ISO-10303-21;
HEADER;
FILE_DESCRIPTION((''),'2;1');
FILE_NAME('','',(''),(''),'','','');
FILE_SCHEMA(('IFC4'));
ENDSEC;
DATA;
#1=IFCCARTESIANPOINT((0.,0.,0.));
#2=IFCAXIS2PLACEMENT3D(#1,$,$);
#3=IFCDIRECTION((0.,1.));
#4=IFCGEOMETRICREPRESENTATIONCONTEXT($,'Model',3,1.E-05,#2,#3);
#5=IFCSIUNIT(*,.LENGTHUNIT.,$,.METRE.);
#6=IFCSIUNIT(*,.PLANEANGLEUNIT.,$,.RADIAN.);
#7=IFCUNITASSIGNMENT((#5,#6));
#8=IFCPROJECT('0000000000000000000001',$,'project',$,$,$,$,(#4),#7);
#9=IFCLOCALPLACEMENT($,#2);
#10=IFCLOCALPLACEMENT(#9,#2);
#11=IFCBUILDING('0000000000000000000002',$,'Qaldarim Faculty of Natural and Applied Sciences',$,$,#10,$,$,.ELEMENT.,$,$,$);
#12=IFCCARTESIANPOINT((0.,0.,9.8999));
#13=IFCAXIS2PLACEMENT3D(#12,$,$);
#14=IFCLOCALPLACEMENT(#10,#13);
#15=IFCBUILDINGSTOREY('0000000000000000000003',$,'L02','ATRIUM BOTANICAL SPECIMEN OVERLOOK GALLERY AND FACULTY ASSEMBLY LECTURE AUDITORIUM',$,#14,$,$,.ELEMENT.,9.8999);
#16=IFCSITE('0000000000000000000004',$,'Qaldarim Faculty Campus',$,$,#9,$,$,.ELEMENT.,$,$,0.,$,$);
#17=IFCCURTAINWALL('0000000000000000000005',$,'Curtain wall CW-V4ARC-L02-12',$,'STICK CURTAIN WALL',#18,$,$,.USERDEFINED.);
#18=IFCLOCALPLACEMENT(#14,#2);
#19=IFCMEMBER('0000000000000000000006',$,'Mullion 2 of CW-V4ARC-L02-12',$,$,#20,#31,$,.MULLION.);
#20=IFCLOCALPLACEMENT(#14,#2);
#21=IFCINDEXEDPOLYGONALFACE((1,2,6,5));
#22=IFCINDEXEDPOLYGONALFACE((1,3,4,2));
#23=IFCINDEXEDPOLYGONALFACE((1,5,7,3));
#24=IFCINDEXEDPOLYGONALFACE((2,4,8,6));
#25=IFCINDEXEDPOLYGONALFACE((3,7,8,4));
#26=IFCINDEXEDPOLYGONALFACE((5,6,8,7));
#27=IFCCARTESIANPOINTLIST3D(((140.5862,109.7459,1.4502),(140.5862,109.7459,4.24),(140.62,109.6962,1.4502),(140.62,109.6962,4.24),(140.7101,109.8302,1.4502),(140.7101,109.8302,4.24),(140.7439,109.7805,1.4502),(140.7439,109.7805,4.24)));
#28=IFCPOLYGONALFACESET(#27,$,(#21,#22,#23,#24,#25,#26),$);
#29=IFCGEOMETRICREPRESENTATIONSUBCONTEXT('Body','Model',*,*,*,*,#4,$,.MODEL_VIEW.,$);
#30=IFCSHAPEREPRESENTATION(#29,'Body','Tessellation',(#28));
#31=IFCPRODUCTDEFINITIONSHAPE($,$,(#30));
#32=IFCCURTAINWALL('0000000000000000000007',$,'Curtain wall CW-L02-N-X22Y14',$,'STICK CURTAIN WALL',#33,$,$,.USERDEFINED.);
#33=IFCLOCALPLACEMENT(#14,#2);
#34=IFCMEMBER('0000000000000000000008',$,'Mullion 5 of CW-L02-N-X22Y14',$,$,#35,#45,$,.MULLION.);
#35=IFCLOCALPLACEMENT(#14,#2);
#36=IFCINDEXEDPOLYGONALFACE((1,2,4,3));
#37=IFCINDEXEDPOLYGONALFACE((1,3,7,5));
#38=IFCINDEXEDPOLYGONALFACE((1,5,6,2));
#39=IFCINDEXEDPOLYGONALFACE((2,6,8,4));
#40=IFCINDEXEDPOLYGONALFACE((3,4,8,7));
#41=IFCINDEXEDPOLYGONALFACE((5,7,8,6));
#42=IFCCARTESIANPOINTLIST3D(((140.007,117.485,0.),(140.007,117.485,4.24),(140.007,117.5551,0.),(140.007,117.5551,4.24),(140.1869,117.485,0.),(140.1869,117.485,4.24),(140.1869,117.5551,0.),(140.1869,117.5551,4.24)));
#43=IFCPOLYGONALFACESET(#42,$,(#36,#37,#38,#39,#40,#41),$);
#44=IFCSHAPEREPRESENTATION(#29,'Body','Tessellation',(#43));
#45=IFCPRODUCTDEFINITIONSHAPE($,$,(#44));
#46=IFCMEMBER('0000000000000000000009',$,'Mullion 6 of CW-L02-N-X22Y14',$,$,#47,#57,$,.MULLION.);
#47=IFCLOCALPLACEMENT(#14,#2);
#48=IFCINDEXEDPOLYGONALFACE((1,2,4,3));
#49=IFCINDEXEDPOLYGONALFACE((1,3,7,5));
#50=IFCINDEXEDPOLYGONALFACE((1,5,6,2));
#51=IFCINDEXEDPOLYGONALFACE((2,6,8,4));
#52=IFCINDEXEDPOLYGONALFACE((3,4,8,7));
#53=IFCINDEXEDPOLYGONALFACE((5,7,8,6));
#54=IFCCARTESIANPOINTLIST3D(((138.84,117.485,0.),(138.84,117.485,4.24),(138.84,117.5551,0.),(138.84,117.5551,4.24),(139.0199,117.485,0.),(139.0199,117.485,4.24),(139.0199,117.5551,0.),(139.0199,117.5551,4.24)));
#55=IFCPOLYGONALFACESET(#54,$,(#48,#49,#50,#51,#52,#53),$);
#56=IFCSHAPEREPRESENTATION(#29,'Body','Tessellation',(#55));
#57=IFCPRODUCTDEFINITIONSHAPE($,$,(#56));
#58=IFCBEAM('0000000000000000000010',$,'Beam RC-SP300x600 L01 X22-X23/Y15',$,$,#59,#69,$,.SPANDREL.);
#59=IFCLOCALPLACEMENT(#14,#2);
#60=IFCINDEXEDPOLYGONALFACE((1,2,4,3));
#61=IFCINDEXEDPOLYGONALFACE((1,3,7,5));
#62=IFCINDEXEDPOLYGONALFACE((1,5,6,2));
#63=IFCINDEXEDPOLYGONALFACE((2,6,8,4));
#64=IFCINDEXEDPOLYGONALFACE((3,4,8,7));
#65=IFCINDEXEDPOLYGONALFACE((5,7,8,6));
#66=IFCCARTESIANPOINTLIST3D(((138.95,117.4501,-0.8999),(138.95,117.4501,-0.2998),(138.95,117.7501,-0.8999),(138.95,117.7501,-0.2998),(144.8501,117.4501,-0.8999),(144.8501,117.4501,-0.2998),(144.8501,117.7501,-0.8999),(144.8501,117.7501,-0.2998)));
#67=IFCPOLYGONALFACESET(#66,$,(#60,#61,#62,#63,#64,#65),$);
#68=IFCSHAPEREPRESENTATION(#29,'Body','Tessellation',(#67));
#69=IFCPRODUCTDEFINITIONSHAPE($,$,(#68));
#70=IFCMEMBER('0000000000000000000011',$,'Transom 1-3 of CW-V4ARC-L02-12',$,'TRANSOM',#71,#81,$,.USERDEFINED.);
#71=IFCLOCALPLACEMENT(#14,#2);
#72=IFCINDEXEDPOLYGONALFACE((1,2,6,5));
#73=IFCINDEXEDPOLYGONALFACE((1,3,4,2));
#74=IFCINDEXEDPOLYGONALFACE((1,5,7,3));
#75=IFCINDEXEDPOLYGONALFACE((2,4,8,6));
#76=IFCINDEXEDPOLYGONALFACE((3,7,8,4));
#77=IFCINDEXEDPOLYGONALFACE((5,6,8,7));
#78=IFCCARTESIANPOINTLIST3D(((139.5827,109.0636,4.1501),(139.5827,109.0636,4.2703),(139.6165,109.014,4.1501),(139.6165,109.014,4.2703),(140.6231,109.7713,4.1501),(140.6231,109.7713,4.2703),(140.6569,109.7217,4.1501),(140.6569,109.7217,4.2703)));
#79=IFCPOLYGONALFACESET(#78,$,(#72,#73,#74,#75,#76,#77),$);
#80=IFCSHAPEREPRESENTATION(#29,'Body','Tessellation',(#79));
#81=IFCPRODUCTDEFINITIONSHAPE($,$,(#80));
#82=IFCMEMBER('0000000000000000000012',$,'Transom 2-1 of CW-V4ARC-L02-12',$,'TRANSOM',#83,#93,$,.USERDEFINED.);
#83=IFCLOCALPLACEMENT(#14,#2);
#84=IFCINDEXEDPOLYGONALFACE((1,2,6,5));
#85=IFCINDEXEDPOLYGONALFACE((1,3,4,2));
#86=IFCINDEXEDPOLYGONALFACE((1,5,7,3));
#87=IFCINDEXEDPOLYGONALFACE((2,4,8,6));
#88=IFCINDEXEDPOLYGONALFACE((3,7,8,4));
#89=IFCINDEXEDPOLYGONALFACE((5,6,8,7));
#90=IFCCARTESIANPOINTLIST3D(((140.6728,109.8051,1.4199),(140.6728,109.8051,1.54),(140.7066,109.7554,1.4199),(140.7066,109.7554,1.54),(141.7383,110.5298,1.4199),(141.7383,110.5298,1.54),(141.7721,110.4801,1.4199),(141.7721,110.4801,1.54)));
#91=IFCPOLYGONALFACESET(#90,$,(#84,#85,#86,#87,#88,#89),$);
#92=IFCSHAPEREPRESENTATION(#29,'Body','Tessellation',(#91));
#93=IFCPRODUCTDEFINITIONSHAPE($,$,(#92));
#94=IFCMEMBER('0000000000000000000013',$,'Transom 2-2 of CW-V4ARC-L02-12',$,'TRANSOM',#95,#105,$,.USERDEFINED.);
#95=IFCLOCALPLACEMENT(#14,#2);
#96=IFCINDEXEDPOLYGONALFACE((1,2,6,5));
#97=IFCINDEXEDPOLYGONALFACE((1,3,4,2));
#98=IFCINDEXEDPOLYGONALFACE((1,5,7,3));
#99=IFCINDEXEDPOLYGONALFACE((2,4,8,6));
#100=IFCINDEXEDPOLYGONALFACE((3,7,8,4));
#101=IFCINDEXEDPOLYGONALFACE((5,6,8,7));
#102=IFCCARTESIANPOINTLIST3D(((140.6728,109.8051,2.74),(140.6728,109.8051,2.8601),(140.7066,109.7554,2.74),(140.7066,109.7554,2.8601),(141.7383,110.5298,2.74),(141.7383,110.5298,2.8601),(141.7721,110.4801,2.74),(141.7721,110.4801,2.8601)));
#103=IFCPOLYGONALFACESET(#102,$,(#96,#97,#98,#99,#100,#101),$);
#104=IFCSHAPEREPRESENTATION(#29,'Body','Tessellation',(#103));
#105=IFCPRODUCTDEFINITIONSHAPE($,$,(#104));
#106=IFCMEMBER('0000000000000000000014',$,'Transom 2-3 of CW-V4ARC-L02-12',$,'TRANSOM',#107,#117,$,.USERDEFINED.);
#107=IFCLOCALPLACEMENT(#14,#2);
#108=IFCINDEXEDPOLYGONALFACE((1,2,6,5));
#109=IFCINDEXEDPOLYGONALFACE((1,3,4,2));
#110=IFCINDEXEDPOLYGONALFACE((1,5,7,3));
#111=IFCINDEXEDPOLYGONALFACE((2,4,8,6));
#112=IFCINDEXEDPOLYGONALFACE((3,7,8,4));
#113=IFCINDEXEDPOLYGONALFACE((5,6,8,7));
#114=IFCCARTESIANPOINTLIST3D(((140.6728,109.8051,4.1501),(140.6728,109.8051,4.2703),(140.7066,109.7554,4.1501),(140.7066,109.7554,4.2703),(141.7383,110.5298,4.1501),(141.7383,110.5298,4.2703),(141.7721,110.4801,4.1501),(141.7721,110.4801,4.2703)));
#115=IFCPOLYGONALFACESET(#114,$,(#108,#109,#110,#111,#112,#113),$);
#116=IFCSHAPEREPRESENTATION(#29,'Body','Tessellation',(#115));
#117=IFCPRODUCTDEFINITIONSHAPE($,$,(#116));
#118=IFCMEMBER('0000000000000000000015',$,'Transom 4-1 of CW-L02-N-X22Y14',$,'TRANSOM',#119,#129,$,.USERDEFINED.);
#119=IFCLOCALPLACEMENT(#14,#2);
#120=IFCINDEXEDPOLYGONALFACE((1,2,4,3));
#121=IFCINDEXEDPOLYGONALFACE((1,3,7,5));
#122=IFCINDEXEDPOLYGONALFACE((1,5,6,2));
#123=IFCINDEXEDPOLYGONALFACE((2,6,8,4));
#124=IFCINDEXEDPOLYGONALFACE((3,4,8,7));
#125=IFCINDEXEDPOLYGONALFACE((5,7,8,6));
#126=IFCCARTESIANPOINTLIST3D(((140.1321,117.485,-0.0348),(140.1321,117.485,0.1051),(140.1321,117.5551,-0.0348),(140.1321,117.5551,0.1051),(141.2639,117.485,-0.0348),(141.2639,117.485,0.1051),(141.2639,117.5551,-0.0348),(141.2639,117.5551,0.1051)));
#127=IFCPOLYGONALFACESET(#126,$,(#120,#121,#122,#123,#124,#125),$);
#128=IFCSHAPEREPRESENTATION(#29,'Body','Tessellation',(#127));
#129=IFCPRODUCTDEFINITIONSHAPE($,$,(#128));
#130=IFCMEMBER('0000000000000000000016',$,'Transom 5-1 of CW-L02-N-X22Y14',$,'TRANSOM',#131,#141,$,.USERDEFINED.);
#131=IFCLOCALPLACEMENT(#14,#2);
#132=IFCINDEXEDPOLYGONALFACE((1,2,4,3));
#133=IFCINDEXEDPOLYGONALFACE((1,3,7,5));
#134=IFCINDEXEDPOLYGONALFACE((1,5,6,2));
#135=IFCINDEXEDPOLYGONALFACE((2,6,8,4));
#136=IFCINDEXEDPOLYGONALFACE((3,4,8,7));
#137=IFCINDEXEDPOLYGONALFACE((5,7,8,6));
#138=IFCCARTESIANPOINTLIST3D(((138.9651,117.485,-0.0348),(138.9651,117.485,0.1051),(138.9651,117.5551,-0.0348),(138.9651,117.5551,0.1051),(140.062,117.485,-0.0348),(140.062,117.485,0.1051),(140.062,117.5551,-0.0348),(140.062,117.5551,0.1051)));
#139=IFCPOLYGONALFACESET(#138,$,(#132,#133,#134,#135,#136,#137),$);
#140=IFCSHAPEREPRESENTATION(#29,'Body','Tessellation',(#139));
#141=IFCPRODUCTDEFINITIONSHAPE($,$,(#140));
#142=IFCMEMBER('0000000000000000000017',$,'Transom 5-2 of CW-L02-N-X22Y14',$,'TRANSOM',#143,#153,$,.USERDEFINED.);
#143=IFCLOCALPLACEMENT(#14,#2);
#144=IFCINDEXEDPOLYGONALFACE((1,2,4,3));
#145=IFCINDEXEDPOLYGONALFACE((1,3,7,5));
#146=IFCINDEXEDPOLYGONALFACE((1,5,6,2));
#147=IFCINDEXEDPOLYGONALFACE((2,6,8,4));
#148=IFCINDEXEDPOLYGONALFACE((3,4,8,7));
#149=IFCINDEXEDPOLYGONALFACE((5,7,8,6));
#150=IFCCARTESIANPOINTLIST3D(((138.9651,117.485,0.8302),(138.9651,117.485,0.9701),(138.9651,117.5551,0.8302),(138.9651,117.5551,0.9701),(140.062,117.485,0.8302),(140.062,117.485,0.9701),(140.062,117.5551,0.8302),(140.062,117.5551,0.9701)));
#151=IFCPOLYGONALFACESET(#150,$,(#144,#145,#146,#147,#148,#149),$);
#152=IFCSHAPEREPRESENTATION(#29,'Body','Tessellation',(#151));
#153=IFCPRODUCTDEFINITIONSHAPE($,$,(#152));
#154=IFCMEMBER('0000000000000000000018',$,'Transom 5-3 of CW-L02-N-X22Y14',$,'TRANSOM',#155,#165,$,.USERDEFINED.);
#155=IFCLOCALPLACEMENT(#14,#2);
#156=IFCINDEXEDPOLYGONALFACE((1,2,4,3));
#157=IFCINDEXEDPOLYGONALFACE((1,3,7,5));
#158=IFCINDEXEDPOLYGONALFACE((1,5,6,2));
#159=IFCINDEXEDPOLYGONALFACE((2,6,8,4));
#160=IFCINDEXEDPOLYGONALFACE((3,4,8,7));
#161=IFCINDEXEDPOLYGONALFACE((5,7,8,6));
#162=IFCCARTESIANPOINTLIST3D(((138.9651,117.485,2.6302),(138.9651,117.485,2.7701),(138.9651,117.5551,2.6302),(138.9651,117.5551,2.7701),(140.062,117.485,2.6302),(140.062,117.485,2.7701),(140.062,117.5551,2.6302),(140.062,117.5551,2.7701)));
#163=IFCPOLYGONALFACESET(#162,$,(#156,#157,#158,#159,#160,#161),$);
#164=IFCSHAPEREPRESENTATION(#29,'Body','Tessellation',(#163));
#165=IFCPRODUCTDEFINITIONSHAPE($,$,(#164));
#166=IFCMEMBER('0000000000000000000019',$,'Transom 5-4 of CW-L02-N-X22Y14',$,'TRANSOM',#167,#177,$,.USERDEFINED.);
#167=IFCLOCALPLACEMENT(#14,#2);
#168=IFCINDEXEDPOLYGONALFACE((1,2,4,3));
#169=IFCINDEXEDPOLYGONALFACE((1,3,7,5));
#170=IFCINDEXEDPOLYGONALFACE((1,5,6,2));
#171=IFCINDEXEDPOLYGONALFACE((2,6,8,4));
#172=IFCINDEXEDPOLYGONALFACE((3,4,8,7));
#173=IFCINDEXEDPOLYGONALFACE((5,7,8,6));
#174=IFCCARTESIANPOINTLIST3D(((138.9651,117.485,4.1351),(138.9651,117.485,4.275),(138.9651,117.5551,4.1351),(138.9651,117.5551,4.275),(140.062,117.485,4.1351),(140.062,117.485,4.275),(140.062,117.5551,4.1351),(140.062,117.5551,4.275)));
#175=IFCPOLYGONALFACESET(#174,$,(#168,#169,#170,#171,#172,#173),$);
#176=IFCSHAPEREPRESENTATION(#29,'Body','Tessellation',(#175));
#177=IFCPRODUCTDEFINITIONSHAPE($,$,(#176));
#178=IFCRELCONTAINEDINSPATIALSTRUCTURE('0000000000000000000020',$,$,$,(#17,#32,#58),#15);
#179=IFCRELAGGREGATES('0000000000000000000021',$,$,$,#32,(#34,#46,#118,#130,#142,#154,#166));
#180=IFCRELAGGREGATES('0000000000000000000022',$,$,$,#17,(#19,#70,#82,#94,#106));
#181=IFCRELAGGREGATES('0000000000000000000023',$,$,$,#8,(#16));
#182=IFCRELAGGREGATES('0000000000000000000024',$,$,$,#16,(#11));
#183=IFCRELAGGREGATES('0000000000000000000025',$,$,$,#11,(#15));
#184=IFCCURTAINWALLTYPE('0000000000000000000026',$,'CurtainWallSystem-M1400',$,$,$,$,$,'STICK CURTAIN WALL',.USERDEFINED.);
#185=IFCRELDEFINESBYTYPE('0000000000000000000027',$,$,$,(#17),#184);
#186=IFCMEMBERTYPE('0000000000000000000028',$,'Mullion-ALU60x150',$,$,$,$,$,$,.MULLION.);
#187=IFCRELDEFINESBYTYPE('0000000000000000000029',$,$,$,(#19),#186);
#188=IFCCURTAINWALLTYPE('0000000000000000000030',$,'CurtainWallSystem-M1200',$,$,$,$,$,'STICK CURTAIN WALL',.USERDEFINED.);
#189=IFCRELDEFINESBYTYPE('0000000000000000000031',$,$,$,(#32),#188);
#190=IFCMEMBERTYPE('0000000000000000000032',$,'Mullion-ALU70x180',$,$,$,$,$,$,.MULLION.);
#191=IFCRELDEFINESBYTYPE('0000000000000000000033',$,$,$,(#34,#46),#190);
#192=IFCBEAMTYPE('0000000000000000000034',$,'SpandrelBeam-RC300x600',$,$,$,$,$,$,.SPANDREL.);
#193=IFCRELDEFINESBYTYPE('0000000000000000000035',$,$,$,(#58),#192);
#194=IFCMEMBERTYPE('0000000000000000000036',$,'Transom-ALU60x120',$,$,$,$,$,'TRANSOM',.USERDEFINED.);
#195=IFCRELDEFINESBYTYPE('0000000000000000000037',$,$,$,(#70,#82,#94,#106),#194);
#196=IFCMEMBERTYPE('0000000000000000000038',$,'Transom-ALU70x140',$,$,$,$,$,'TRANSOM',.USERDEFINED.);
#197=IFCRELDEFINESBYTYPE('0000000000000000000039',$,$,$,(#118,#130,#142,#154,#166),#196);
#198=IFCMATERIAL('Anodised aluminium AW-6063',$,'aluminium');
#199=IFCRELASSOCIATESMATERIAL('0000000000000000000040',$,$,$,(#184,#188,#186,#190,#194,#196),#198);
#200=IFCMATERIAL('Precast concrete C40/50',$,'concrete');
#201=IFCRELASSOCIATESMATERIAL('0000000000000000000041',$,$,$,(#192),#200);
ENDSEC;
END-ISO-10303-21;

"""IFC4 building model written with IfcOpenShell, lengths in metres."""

from ifc_helpers import new_model, si_unit, direction, frame, origin, origin_2d, place, context, subcontext, project, spatial, rectangle, extrude, material, material_profile, profile_set, type_object, element, aggregate, save


model = new_model("IFC4")

# Units and contexts
model_context = context("Model", 3, precision=1e-05, world=origin(), true_north=direction((0.0, 1.0)))
body_context = subcontext(model_context, "Body", "Model", "MODEL_VIEW")
ifc_project = project(units=[si_unit("LENGTHUNIT", "METRE"), si_unit("PLANEANGLEUNIT", "RADIAN")], contexts=[model_context])

# Site, building, storey
site_placement = place(None, origin())
site = spatial("IfcSite", under=ifc_project, at=site_placement, Name="Qaldarim Faculty Campus", CompositionType="ELEMENT", RefElevation=0.0)
building_placement = place(site_placement, origin())
building = spatial("IfcBuilding", under=site, at=building_placement, Name="Qaldarim Faculty of Natural and Applied Sciences", CompositionType="ELEMENT")
storey_placement = place(building_placement, frame((0.0, 0.0, 9.8999)))
storey = spatial("IfcBuildingStorey", under=building, at=storey_placement, Name="L02", Description="ATRIUM BOTANICAL SPECIMEN OVERLOOK GALLERY AND FACULTY ASSEMBLY LECTURE AUDITORIUM", CompositionType="ELEMENT", Elevation=9.8999)

# Curtain wall, member
ifc_material_1 = material(Name="Anodised aluminium AW-6063", Category="aluminium")
curtain_wall_type_1 = type_object("IfcCurtainWallType", Name="CurtainWallSystem-M1400", ElementType="STICK CURTAIN WALL", PredefinedType="USERDEFINED", material=ifc_material_1)
curtain_wall_1_placement = place(storey_placement, origin())
curtain_wall_1 = element("IfcCurtainWall", 1, at=curtain_wall_1_placement, inside=storey, type_object=curtain_wall_type_1, Name="Curtain wall CW-V4ARC-L02-12", ObjectType="STICK CURTAIN WALL", PredefinedType="USERDEFINED")
ifc_material_profile_1 = material_profile(ifc_material_1, rectangle(XDim=0.0601, YDim=0.1499, at=origin_2d()), Name="ALU-M60x150")
ifc_profile_set_1 = profile_set([ifc_material_profile_1], Name="Anodised aluminium AW-6063")
member_type_1 = type_object("IfcMemberType", Name="Mullion-ALU60x150", PredefinedType="MULLION", material=ifc_profile_set_1)
member_1_placement = place(storey_placement, frame((140.665, 109.7632, 1.4502), z_axis=(0.0, 0.0, 1.0), x_axis=(-0.562372, 0.826884, 0.0)))
member_1 = element("IfcMember", 2, at=member_1_placement, type_object=member_type_1, Name="Mullion 2 of CW-V4ARC-L02-12", PredefinedType="MULLION", context=body_context, shape_type="SweptSolid", body=[
    extrude(rectangle(XDim=0.0601, YDim=0.1499, at=origin_2d()), origin(), (0.0, 0.0, 1.0), 2.7898),
])

# Curtain wall, members
curtain_wall_type_2 = type_object("IfcCurtainWallType", Name="CurtainWallSystem-M1200", ElementType="STICK CURTAIN WALL", PredefinedType="USERDEFINED", material=ifc_material_1)
curtain_wall_2_placement = place(storey_placement, origin())
curtain_wall_2 = element("IfcCurtainWall", 3, at=curtain_wall_2_placement, inside=storey, type_object=curtain_wall_type_2, Name="Curtain wall CW-L02-N-X22Y14", ObjectType="STICK CURTAIN WALL", PredefinedType="USERDEFINED")
ifc_material_profile_2 = material_profile(ifc_material_1, rectangle(XDim=0.0701, YDim=0.1799, at=origin_2d()), Name="ALU-M70x180")
ifc_profile_set_2 = profile_set([ifc_material_profile_2], Name="Anodised aluminium AW-6063")
member_type_2 = type_object("IfcMemberType", Name="Mullion-ALU70x180", PredefinedType="MULLION", material=ifc_profile_set_2)
member_2_placement = place(storey_placement, frame((140.0969, 117.52, 0.0), z_axis=(0.0, 0.0, 1.0), x_axis=(0.0, -1.0, 0.0)))
member_2 = element("IfcMember", 4, at=member_2_placement, type_object=member_type_2, Name="Mullion 5 of CW-L02-N-X22Y14", PredefinedType="MULLION", context=body_context, shape_type="SweptSolid", body=[
    extrude(rectangle(XDim=0.0701, YDim=0.1799, at=origin_2d()), origin(), (0.0, 0.0, 1.0), 4.24),
])
member_3_placement = place(storey_placement, frame((138.9299, 117.52, 0.0), z_axis=(0.0, 0.0, 1.0), x_axis=(0.0, -1.0, 0.0)))
member_3 = element("IfcMember", 5, at=member_3_placement, type_object=member_type_2, Name="Mullion 6 of CW-L02-N-X22Y14", PredefinedType="MULLION", context=body_context, shape_type="SweptSolid", body=[
    extrude(rectangle(XDim=0.0701, YDim=0.1799, at=origin_2d()), origin(), (0.0, 0.0, 1.0), 4.24),
])

# Beam
ifc_material_2 = material(Name="Precast concrete C40/50", Category="concrete")
ifc_material_profile_3 = material_profile(ifc_material_2, rectangle(XDim=0.3, YDim=0.6001, at=origin_2d()), Name="RC-SP300x600")
ifc_profile_set_3 = profile_set([ifc_material_profile_3], Name="Precast concrete C40/50")
beam_type = type_object("IfcBeamType", Name="SpandrelBeam-RC300x600", PredefinedType="SPANDREL", material=ifc_profile_set_3)
beam_placement = place(storey_placement, frame((138.95, 117.6001, -0.5999), z_axis=(1.0, 0.0, 0.0), x_axis=(0.0, 1.0, 0.0)))
element("IfcBeam", 6, at=beam_placement, inside=storey, type_object=beam_type, Name="Beam RC-SP300x600 L01 X22-X23/Y15", PredefinedType="SPANDREL", context=body_context, shape_type="SweptSolid", body=[
    extrude(rectangle(XDim=0.3, YDim=0.6001, at=origin_2d()), origin(), (0.0, 0.0, 1.0), 5.9001),
])

# Members
ifc_material_profile_4 = material_profile(ifc_material_1, rectangle(XDim=0.0601, YDim=0.1201, at=origin_2d()), Name="ALU-T60x120")
ifc_profile_set_4 = profile_set([ifc_material_profile_4], Name="Anodised aluminium AW-6063")
member_type_3 = type_object("IfcMemberType", Name="Transom-ALU60x120", ElementType="TRANSOM", PredefinedType="USERDEFINED", material=ifc_profile_set_4)
member_4_placement = place(storey_placement, frame((139.5996, 109.0388, 4.2102), z_axis=(0.826851, 0.562421, 0.0), x_axis=(-0.562421, 0.826851, 0.0)))
member_4 = element("IfcMember", 7, at=member_4_placement, type_object=member_type_3, Name="Transom 1-3 of CW-V4ARC-L02-12", ObjectType="TRANSOM", PredefinedType="USERDEFINED", context=body_context, shape_type="SweptSolid", body=[
    extrude(rectangle(XDim=0.0601, YDim=0.1201, at=origin_2d()), origin(), (0.0, 0.0, 1.0), 1.2583),
])
member_5_placement = place(storey_placement, frame((140.6897, 109.7803, 1.48), z_axis=(0.826884, 0.562372, 0.0), x_axis=(-0.562372, 0.826884, 0.0)))
member_5 = element("IfcMember", 8, at=member_5_placement, type_object=member_type_3, Name="Transom 2-1 of CW-V4ARC-L02-12", ObjectType="TRANSOM", PredefinedType="USERDEFINED", context=body_context, shape_type="SweptSolid", body=[
    extrude(rectangle(XDim=0.0601, YDim=0.1201, at=origin_2d()), origin(), (0.0, 0.0, 1.0), 1.2886),
])
member_6_placement = place(storey_placement, frame((140.6897, 109.7803, 2.8), z_axis=(0.826884, 0.562372, 0.0), x_axis=(-0.562372, 0.826884, 0.0)))
member_6 = element("IfcMember", 9, at=member_6_placement, type_object=member_type_3, Name="Transom 2-2 of CW-V4ARC-L02-12", ObjectType="TRANSOM", PredefinedType="USERDEFINED", context=body_context, shape_type="SweptSolid", body=[
    extrude(rectangle(XDim=0.0601, YDim=0.1201, at=origin_2d()), origin(), (0.0, 0.0, 1.0), 1.2886),
])
member_7_placement = place(storey_placement, frame((140.6897, 109.7803, 4.2102), z_axis=(0.826884, 0.562372, 0.0), x_axis=(-0.562372, 0.826884, 0.0)))
member_7 = element("IfcMember", 10, at=member_7_placement, type_object=member_type_3, Name="Transom 2-3 of CW-V4ARC-L02-12", ObjectType="TRANSOM", PredefinedType="USERDEFINED", context=body_context, shape_type="SweptSolid", body=[
    extrude(rectangle(XDim=0.0601, YDim=0.1201, at=origin_2d()), origin(), (0.0, 0.0, 1.0), 1.2886),
])
ifc_material_profile_5 = material_profile(ifc_material_1, rectangle(XDim=0.0701, YDim=0.1399, at=origin_2d()), Name="ALU-T70x140")
ifc_profile_set_5 = profile_set([ifc_material_profile_5], Name="Anodised aluminium AW-6063")
member_type_4 = type_object("IfcMemberType", Name="Transom-ALU70x140", ElementType="TRANSOM", PredefinedType="USERDEFINED", material=ifc_profile_set_5)
member_8_placement = place(storey_placement, frame((141.2639, 117.52, 0.0352), z_axis=(-1.0, 0.0, 0.0), x_axis=(0.0, -1.0, 0.0)))
member_8 = element("IfcMember", 11, at=member_8_placement, type_object=member_type_4, Name="Transom 4-1 of CW-L02-N-X22Y14", ObjectType="TRANSOM", PredefinedType="USERDEFINED", context=body_context, shape_type="SweptSolid", body=[
    extrude(rectangle(XDim=0.0701, YDim=0.1399, at=origin_2d()), origin(), (0.0, 0.0, 1.0), 1.1318),
])
member_9_placement = place(storey_placement, frame((140.062, 117.52, 0.0352), z_axis=(-1.0, 0.0, 0.0), x_axis=(0.0, -1.0, 0.0)))
member_9 = element("IfcMember", 12, at=member_9_placement, type_object=member_type_4, Name="Transom 5-1 of CW-L02-N-X22Y14", ObjectType="TRANSOM", PredefinedType="USERDEFINED", context=body_context, shape_type="SweptSolid", body=[
    extrude(rectangle(XDim=0.0701, YDim=0.1399, at=origin_2d()), origin(), (0.0, 0.0, 1.0), 1.0969),
])
member_10_placement = place(storey_placement, frame((140.062, 117.52, 0.9001), z_axis=(-1.0, 0.0, 0.0), x_axis=(0.0, -1.0, 0.0)))
member_10 = element("IfcMember", 13, at=member_10_placement, type_object=member_type_4, Name="Transom 5-2 of CW-L02-N-X22Y14", ObjectType="TRANSOM", PredefinedType="USERDEFINED", context=body_context, shape_type="SweptSolid", body=[
    extrude(rectangle(XDim=0.0701, YDim=0.1399, at=origin_2d()), origin(), (0.0, 0.0, 1.0), 1.0969),
])
member_11_placement = place(storey_placement, frame((140.062, 117.52, 2.7002), z_axis=(-1.0, 0.0, 0.0), x_axis=(0.0, -1.0, 0.0)))
member_11 = element("IfcMember", 14, at=member_11_placement, type_object=member_type_4, Name="Transom 5-3 of CW-L02-N-X22Y14", ObjectType="TRANSOM", PredefinedType="USERDEFINED", context=body_context, shape_type="SweptSolid", body=[
    extrude(rectangle(XDim=0.0701, YDim=0.1399, at=origin_2d()), origin(), (0.0, 0.0, 1.0), 1.0969),
])
member_12_placement = place(storey_placement, frame((140.062, 117.52, 4.2051), z_axis=(-1.0, 0.0, 0.0), x_axis=(0.0, -1.0, 0.0)))
member_12 = element("IfcMember", 15, at=member_12_placement, type_object=member_type_4, Name="Transom 5-4 of CW-L02-N-X22Y14", ObjectType="TRANSOM", PredefinedType="USERDEFINED", context=body_context, shape_type="SweptSolid", body=[
    extrude(rectangle(XDim=0.0701, YDim=0.1399, at=origin_2d()), origin(), (0.0, 0.0, 1.0), 1.0969),
])

aggregate(curtain_wall_2, [member_2, member_3, member_8, member_9, member_10, member_11, member_12])
aggregate(curtain_wall_1, [member_1, member_4, member_5, member_6, member_7])

save(model, "model.ifc")
